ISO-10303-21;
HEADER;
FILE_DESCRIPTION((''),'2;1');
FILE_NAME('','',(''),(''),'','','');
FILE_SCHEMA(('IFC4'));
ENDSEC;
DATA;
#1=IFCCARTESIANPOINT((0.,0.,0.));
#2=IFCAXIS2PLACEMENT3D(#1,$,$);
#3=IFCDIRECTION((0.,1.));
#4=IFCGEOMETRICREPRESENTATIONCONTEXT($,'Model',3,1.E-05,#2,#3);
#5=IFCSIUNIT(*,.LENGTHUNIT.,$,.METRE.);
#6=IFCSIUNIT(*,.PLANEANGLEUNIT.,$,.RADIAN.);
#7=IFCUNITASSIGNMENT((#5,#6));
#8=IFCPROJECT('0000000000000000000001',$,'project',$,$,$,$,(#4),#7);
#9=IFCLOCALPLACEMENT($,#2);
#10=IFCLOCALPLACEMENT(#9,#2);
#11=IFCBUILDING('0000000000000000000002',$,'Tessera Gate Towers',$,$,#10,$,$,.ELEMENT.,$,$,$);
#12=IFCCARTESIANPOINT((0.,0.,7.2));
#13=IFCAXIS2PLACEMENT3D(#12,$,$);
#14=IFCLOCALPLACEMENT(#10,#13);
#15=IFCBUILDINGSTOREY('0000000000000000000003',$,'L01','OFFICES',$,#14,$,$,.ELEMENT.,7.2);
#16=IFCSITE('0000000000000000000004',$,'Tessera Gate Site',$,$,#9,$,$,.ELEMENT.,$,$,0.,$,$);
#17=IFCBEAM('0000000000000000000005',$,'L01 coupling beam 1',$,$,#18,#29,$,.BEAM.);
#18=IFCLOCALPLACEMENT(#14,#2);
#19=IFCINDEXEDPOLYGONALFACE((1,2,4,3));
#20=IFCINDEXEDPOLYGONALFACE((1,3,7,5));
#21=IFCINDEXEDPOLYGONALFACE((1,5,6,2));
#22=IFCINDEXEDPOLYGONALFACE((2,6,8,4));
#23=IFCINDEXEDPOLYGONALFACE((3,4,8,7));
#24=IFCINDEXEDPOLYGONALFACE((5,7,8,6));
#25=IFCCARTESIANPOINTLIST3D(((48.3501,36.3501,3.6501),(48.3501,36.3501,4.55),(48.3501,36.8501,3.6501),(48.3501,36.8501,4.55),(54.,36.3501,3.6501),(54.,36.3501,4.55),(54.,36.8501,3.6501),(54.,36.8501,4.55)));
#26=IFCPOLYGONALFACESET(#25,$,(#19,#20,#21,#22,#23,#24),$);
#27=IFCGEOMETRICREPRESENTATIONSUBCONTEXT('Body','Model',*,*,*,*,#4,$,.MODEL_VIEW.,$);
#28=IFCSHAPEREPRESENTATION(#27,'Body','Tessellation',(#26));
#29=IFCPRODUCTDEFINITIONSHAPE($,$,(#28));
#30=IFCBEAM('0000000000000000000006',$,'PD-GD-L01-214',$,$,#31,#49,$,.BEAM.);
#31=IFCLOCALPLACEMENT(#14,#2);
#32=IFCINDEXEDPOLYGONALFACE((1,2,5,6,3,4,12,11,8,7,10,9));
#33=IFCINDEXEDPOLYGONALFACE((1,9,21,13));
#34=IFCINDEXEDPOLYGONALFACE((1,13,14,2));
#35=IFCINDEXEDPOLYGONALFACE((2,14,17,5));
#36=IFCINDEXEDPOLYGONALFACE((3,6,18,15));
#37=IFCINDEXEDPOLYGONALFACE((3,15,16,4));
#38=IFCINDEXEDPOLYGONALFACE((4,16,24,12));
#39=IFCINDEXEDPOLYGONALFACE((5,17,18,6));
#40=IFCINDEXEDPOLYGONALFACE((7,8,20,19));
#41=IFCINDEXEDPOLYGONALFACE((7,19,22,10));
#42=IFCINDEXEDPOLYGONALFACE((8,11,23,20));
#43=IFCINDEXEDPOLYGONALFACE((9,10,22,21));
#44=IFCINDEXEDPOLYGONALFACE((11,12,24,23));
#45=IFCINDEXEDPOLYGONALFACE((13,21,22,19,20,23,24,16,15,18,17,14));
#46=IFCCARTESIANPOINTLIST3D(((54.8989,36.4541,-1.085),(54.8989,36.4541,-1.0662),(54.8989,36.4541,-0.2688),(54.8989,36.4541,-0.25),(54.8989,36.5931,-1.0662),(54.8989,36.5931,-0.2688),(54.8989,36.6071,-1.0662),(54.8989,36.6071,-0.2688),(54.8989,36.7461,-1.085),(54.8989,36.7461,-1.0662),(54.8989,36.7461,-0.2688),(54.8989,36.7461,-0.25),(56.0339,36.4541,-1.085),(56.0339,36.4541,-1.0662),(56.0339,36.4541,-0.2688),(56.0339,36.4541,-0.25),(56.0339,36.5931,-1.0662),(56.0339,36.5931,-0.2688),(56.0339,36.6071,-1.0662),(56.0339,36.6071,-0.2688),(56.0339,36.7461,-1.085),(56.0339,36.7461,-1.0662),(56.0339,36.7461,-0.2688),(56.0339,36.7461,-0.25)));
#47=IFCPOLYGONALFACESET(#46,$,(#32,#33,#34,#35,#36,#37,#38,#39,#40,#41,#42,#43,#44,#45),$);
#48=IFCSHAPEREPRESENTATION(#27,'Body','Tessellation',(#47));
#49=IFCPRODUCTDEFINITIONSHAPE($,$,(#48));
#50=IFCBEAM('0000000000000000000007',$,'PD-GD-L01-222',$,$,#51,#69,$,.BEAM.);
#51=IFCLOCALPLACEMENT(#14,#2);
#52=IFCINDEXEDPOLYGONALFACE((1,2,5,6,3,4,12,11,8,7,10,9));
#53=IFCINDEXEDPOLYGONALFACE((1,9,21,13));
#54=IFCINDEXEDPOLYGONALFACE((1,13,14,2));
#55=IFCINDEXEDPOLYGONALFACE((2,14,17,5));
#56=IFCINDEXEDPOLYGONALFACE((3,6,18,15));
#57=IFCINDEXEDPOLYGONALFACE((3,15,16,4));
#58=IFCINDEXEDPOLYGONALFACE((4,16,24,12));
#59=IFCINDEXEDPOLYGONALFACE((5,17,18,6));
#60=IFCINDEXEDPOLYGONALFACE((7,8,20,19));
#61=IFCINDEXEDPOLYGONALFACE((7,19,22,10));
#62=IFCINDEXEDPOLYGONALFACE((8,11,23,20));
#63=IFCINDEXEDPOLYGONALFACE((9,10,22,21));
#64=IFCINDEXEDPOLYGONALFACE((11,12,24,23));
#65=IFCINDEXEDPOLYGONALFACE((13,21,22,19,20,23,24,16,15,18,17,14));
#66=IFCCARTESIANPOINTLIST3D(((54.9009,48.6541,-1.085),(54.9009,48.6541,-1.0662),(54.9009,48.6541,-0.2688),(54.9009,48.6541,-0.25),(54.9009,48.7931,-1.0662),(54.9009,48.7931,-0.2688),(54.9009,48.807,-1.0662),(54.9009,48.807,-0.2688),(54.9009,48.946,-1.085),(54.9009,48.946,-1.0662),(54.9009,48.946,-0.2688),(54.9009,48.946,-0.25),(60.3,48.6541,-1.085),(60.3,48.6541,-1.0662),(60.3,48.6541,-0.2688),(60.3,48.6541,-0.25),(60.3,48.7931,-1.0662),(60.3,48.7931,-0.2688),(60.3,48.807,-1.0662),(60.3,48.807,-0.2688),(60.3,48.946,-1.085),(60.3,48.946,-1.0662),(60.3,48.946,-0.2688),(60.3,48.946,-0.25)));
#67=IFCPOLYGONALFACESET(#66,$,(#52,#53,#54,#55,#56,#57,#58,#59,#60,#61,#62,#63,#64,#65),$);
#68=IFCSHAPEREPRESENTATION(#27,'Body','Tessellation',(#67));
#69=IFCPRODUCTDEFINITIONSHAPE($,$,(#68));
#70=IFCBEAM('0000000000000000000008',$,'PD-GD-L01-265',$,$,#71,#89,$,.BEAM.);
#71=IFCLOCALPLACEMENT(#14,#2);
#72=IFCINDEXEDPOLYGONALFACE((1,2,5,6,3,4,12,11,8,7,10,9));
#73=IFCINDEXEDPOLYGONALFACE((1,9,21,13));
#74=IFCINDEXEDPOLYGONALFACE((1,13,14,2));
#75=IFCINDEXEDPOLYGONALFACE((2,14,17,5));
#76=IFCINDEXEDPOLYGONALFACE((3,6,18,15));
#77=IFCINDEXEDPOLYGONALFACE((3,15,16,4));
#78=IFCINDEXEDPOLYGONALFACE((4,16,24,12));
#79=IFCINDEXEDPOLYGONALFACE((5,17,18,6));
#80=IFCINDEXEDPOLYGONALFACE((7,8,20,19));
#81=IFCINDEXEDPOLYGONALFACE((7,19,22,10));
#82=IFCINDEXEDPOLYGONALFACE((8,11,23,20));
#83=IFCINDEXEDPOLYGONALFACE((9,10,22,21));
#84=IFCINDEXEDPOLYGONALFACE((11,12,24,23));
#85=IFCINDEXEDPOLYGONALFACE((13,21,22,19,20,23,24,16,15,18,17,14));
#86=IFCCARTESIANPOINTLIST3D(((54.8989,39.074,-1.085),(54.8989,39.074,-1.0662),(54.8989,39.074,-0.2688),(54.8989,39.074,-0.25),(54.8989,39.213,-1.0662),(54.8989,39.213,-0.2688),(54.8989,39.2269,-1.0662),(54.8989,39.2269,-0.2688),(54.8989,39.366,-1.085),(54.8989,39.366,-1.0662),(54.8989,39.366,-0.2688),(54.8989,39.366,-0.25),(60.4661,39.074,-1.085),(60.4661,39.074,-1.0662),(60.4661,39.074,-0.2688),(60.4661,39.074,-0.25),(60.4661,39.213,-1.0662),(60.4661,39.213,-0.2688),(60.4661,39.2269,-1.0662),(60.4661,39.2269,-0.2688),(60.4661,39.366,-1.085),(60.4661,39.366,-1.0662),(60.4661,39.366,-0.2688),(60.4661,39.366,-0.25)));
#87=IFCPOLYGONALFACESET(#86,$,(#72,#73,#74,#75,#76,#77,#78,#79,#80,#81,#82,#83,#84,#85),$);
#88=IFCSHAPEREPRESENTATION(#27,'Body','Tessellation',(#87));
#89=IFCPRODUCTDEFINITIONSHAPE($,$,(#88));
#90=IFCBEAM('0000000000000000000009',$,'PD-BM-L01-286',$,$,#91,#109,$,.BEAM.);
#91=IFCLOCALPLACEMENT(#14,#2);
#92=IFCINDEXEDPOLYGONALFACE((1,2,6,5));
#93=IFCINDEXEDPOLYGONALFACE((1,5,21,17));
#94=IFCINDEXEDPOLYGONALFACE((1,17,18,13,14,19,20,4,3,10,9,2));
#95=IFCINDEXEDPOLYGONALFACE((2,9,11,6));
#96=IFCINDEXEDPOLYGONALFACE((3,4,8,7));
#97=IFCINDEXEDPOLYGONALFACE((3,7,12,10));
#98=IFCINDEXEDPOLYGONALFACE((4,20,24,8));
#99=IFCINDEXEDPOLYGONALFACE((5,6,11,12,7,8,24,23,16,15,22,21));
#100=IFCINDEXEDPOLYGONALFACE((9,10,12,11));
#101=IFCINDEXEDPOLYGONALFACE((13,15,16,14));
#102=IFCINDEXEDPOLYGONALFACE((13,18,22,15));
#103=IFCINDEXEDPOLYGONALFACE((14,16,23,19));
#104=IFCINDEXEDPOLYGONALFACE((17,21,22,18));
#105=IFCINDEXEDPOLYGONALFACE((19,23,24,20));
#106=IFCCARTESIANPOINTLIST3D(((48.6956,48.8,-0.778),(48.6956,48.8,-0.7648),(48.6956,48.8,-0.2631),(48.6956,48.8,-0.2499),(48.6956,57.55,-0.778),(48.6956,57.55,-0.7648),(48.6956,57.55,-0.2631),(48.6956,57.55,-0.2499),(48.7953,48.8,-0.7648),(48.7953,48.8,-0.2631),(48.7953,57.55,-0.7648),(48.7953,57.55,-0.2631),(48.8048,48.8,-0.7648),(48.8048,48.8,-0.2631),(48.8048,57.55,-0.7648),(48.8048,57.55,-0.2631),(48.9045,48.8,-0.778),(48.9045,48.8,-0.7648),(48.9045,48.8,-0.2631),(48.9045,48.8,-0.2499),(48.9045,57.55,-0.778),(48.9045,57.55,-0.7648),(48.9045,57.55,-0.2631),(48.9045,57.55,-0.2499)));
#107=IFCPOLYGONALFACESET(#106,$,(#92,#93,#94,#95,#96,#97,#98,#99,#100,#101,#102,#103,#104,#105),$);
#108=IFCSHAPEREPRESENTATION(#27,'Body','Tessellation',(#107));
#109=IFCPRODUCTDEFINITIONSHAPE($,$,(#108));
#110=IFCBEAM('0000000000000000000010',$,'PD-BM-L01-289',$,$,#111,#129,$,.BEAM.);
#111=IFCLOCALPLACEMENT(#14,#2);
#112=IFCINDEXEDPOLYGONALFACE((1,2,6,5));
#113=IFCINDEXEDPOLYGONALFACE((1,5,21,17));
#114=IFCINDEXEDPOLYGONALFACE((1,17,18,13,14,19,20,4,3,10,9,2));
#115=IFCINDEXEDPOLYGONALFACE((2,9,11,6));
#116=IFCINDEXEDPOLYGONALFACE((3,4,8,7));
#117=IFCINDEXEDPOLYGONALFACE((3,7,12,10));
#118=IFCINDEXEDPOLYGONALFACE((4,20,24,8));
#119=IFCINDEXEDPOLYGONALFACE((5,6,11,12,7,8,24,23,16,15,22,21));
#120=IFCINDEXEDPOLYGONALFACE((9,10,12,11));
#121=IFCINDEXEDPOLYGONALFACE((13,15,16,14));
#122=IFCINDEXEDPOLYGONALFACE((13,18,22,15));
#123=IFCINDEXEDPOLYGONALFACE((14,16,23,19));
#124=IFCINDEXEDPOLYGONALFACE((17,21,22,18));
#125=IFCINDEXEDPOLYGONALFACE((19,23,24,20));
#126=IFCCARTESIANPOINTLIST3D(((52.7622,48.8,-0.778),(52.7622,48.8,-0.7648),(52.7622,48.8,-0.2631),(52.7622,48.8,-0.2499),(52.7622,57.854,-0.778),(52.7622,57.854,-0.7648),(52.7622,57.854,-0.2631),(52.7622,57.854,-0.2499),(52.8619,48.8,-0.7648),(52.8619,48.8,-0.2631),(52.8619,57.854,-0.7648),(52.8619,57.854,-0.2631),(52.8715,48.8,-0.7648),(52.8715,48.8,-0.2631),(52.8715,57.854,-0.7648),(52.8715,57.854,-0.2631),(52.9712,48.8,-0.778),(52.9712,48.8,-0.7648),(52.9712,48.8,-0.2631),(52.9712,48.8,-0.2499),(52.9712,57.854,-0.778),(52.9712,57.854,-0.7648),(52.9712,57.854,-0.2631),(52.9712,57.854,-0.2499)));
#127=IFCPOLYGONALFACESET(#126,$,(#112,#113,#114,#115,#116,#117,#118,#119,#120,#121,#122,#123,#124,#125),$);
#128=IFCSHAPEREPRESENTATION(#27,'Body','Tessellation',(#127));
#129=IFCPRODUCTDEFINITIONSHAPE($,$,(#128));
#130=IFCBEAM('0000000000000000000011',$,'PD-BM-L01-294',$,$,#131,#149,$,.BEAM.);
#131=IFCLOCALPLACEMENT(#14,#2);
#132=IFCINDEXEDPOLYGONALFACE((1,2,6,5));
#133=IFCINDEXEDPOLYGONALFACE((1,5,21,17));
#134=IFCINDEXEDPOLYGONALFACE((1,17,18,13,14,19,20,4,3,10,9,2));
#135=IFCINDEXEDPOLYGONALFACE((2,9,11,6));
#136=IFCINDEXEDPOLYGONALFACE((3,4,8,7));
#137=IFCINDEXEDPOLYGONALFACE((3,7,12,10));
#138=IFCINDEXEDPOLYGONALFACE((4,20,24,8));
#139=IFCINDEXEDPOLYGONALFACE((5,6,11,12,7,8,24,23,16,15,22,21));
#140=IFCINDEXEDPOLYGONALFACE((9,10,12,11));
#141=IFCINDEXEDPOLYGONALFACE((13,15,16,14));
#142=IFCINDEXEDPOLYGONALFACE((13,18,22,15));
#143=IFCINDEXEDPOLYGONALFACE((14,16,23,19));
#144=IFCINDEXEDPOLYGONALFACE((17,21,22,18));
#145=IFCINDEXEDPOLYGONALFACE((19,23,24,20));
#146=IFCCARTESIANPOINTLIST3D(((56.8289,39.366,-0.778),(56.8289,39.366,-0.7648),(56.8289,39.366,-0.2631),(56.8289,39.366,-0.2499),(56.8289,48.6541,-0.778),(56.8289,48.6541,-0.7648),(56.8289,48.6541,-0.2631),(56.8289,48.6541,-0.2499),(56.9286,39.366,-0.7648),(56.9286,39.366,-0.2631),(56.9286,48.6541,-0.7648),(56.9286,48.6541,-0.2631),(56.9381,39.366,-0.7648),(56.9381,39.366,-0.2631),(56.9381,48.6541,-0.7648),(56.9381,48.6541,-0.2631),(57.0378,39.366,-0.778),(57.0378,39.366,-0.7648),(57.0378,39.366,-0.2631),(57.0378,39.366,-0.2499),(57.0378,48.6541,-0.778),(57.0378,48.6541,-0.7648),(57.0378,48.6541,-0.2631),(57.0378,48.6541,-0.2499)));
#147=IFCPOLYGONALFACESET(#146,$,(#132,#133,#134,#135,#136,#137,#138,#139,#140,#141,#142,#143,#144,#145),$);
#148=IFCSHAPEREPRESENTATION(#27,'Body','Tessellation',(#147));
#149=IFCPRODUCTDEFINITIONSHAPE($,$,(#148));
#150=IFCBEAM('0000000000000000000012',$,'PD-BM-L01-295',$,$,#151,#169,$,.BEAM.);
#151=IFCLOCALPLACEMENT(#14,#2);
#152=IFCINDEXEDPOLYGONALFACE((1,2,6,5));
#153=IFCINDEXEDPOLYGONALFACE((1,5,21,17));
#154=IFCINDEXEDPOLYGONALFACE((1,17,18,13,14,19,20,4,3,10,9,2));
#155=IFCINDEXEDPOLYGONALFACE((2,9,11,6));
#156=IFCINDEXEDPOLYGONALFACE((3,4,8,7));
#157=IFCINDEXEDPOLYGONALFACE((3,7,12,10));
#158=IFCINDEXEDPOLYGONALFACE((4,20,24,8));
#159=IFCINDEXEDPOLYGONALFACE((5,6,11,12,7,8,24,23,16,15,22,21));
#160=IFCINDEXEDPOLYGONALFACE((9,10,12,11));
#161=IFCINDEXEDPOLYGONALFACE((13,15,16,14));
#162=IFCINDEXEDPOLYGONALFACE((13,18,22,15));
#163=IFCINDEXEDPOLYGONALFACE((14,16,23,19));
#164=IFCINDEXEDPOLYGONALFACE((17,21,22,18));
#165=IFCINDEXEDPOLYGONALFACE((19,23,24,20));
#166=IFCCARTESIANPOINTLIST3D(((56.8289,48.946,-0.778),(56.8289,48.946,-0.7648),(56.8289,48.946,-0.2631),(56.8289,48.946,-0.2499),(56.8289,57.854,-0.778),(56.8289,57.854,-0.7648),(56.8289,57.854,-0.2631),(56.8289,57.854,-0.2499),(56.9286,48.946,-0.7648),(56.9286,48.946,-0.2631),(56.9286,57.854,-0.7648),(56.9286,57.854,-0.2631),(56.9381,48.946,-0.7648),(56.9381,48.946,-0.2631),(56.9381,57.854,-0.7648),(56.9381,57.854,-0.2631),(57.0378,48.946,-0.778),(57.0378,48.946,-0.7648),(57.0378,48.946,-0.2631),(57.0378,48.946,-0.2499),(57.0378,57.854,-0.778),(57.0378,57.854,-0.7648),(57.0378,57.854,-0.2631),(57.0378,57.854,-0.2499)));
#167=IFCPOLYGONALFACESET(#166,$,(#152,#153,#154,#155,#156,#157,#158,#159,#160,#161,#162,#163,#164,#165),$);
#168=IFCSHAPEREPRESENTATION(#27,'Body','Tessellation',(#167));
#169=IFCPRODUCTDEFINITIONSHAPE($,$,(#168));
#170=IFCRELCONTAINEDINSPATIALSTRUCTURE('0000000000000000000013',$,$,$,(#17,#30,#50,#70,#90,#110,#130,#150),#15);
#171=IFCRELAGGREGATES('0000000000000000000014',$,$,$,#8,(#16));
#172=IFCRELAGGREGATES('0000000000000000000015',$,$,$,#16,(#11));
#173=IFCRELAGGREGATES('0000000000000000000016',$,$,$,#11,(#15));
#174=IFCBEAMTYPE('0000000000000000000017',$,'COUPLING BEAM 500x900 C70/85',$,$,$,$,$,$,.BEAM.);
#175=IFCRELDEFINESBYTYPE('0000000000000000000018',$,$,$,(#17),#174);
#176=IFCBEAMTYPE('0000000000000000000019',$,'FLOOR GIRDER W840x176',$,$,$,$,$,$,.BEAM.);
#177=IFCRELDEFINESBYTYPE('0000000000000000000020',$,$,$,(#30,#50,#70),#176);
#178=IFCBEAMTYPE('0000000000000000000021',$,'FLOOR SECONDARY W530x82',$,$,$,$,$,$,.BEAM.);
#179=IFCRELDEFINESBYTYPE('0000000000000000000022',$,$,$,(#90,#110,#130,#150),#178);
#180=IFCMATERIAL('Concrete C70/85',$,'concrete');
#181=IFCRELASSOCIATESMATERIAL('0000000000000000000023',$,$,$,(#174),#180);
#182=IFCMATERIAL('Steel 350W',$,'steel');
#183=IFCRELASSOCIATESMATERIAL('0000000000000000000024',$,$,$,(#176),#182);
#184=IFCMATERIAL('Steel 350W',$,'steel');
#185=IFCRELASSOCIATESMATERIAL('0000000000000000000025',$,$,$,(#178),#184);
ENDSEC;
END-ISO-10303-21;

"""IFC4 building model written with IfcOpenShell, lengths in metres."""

from ifc_helpers import new_model, si_unit, direction, frame, origin, origin_2d, place, context, subcontext, project, spatial, rectangle, i_section, extrude, material, material_profile, profile_set, type_object, element, save


model = new_model("IFC4")

# Units and contexts
model_context = context("Model", 3, precision=1e-05, world=origin(), true_north=direction((0.0, 1.0)))
body_context = subcontext(model_context, "Body", "Model", "MODEL_VIEW")
ifc_project = project(units=[si_unit("LENGTHUNIT", "METRE"), si_unit("PLANEANGLEUNIT", "RADIAN")], contexts=[model_context])

# Site, building, storey
site_placement = place(None, origin())
site = spatial("IfcSite", under=ifc_project, at=site_placement, Name="Tessera Gate Site", CompositionType="ELEMENT", RefElevation=0.0)
building_placement = place(site_placement, origin())
building = spatial("IfcBuilding", under=site, at=building_placement, Name="Tessera Gate Towers", CompositionType="ELEMENT")
storey_placement = place(building_placement, frame((0.0, 0.0, 7.2)))
storey = spatial("IfcBuildingStorey", under=building, at=storey_placement, Name="L01", Description="OFFICES", CompositionType="ELEMENT", Elevation=7.2)

# Beams
ifc_material_1 = material(Name="Concrete C70/85", Category="concrete")
ifc_material_profile_1 = material_profile(ifc_material_1, rectangle(XDim=0.5, YDim=0.8999, at=origin_2d()), Name="RC 500x900")
ifc_profile_set_1 = profile_set([ifc_material_profile_1], Name="Concrete C70/85")
beam_type_1 = type_object("IfcBeamType", Name="COUPLING BEAM 500x900 C70/85", PredefinedType="BEAM", material=ifc_profile_set_1)
beam_1_placement = place(storey_placement, frame((48.3501, 36.6001, 4.1001), z_axis=(1.0, 0.0, 0.0), x_axis=(0.0, 1.0, 0.0)))
element("IfcBeam", 1, at=beam_1_placement, inside=storey, type_object=beam_type_1, Name="L01 coupling beam 1", PredefinedType="BEAM", context=body_context, shape_type="SweptSolid", body=[
    extrude(rectangle(XDim=0.5, YDim=0.8999, at=origin_2d()), origin(), (0.0, 0.0, 1.0), 5.6499),
])
ifc_material_2 = material(Name="Steel 350W", Category="steel")
ifc_material_profile_2 = material_profile(ifc_material_2, i_section(OverallWidth=0.292, OverallDepth=0.835, WebThickness=0.0139, FlangeThickness=0.0188, at=origin_2d()), Name="W840x176")
ifc_profile_set_2 = profile_set([ifc_material_profile_2], Name="Steel 350W")
beam_type_2 = type_object("IfcBeamType", Name="FLOOR GIRDER W840x176", PredefinedType="BEAM", material=ifc_profile_set_2)
beam_2_placement = place(storey_placement, frame((54.8989, 36.6001, -0.6675), z_axis=(1.0, 0.0, 0.0), x_axis=(0.0, 1.0, 0.0)))
element("IfcBeam", 2, at=beam_2_placement, inside=storey, type_object=beam_type_2, Name="PD-GD-L01-214", PredefinedType="BEAM", context=body_context, shape_type="SweptSolid", body=[
    extrude(i_section(OverallWidth=0.292, OverallDepth=0.835, WebThickness=0.0139, FlangeThickness=0.0188, at=origin_2d()), origin(), (0.0, 0.0, 1.0), 1.135),
])
beam_3_placement = place(storey_placement, frame((54.9009, 48.8, -0.6675), z_axis=(1.0, 0.0, 0.0), x_axis=(0.0, 1.0, 0.0)))
element("IfcBeam", 3, at=beam_3_placement, inside=storey, type_object=beam_type_2, Name="PD-GD-L01-222", PredefinedType="BEAM", context=body_context, shape_type="SweptSolid", body=[
    extrude(i_section(OverallWidth=0.292, OverallDepth=0.835, WebThickness=0.0139, FlangeThickness=0.0188, at=origin_2d()), origin(), (0.0, 0.0, 1.0), 5.3992),
])
beam_4_placement = place(storey_placement, frame((54.8989, 39.22, -0.6675), z_axis=(1.0, 0.0, 0.0), x_axis=(0.0, 1.0, 0.0)))
element("IfcBeam", 4, at=beam_4_placement, inside=storey, type_object=beam_type_2, Name="PD-GD-L01-265", PredefinedType="BEAM", context=body_context, shape_type="SweptSolid", body=[
    extrude(i_section(OverallWidth=0.292, OverallDepth=0.835, WebThickness=0.0139, FlangeThickness=0.0188, at=origin_2d()), origin(), (0.0, 0.0, 1.0), 5.5671),
])
ifc_material_3 = material(Name="Steel 350W", Category="steel")
ifc_material_profile_3 = material_profile(ifc_material_3, i_section(OverallWidth=0.209, OverallDepth=0.5281, WebThickness=0.0095, FlangeThickness=0.0132, at=origin_2d()), Name="W530x82")
ifc_profile_set_3 = profile_set([ifc_material_profile_3], Name="Steel 350W")
beam_type_3 = type_object("IfcBeamType", Name="FLOOR SECONDARY W530x82", PredefinedType="BEAM", material=ifc_profile_set_3)
beam_5_placement = place(storey_placement, frame((48.8, 48.8, -0.5139), z_axis=(0.0, 1.0, 0.0), x_axis=(-1.0, 0.0, 0.0)))
element("IfcBeam", 5, at=beam_5_placement, inside=storey, type_object=beam_type_3, Name="PD-BM-L01-286", PredefinedType="BEAM", context=body_context, shape_type="SweptSolid", body=[
    extrude(i_section(OverallWidth=0.209, OverallDepth=0.5281, WebThickness=0.0095, FlangeThickness=0.0132, at=origin_2d()), origin(), (0.0, 0.0, 1.0), 8.75),
])
beam_6_placement = place(storey_placement, frame((52.8667, 48.8, -0.5139), z_axis=(0.0, 1.0, 0.0), x_axis=(-1.0, 0.0, 0.0)))
element("IfcBeam", 6, at=beam_6_placement, inside=storey, type_object=beam_type_3, Name="PD-BM-L01-289", PredefinedType="BEAM", context=body_context, shape_type="SweptSolid", body=[
    extrude(i_section(OverallWidth=0.209, OverallDepth=0.5281, WebThickness=0.0095, FlangeThickness=0.0132, at=origin_2d()), origin(), (0.0, 0.0, 1.0), 9.054),
])
beam_7_placement = place(storey_placement, frame((56.9333, 39.366, -0.5139), z_axis=(0.0, 1.0, 0.0), x_axis=(-1.0, 0.0, 0.0)))
element("IfcBeam", 7, at=beam_7_placement, inside=storey, type_object=beam_type_3, Name="PD-BM-L01-294", PredefinedType="BEAM", context=body_context, shape_type="SweptSolid", body=[
    extrude(i_section(OverallWidth=0.209, OverallDepth=0.5281, WebThickness=0.0095, FlangeThickness=0.0132, at=origin_2d()), origin(), (0.0, 0.0, 1.0), 9.2881),
])
beam_8_placement = place(storey_placement, frame((56.9333, 48.946, -0.5139), z_axis=(0.0, 1.0, 0.0), x_axis=(-1.0, 0.0, 0.0)))
element("IfcBeam", 8, at=beam_8_placement, inside=storey, type_object=beam_type_3, Name="PD-BM-L01-295", PredefinedType="BEAM", context=body_context, shape_type="SweptSolid", body=[
    extrude(i_section(OverallWidth=0.209, OverallDepth=0.5281, WebThickness=0.0095, FlangeThickness=0.0132, at=origin_2d()), origin(), (0.0, 0.0, 1.0), 8.908),
])

save(model, "model.ifc")
